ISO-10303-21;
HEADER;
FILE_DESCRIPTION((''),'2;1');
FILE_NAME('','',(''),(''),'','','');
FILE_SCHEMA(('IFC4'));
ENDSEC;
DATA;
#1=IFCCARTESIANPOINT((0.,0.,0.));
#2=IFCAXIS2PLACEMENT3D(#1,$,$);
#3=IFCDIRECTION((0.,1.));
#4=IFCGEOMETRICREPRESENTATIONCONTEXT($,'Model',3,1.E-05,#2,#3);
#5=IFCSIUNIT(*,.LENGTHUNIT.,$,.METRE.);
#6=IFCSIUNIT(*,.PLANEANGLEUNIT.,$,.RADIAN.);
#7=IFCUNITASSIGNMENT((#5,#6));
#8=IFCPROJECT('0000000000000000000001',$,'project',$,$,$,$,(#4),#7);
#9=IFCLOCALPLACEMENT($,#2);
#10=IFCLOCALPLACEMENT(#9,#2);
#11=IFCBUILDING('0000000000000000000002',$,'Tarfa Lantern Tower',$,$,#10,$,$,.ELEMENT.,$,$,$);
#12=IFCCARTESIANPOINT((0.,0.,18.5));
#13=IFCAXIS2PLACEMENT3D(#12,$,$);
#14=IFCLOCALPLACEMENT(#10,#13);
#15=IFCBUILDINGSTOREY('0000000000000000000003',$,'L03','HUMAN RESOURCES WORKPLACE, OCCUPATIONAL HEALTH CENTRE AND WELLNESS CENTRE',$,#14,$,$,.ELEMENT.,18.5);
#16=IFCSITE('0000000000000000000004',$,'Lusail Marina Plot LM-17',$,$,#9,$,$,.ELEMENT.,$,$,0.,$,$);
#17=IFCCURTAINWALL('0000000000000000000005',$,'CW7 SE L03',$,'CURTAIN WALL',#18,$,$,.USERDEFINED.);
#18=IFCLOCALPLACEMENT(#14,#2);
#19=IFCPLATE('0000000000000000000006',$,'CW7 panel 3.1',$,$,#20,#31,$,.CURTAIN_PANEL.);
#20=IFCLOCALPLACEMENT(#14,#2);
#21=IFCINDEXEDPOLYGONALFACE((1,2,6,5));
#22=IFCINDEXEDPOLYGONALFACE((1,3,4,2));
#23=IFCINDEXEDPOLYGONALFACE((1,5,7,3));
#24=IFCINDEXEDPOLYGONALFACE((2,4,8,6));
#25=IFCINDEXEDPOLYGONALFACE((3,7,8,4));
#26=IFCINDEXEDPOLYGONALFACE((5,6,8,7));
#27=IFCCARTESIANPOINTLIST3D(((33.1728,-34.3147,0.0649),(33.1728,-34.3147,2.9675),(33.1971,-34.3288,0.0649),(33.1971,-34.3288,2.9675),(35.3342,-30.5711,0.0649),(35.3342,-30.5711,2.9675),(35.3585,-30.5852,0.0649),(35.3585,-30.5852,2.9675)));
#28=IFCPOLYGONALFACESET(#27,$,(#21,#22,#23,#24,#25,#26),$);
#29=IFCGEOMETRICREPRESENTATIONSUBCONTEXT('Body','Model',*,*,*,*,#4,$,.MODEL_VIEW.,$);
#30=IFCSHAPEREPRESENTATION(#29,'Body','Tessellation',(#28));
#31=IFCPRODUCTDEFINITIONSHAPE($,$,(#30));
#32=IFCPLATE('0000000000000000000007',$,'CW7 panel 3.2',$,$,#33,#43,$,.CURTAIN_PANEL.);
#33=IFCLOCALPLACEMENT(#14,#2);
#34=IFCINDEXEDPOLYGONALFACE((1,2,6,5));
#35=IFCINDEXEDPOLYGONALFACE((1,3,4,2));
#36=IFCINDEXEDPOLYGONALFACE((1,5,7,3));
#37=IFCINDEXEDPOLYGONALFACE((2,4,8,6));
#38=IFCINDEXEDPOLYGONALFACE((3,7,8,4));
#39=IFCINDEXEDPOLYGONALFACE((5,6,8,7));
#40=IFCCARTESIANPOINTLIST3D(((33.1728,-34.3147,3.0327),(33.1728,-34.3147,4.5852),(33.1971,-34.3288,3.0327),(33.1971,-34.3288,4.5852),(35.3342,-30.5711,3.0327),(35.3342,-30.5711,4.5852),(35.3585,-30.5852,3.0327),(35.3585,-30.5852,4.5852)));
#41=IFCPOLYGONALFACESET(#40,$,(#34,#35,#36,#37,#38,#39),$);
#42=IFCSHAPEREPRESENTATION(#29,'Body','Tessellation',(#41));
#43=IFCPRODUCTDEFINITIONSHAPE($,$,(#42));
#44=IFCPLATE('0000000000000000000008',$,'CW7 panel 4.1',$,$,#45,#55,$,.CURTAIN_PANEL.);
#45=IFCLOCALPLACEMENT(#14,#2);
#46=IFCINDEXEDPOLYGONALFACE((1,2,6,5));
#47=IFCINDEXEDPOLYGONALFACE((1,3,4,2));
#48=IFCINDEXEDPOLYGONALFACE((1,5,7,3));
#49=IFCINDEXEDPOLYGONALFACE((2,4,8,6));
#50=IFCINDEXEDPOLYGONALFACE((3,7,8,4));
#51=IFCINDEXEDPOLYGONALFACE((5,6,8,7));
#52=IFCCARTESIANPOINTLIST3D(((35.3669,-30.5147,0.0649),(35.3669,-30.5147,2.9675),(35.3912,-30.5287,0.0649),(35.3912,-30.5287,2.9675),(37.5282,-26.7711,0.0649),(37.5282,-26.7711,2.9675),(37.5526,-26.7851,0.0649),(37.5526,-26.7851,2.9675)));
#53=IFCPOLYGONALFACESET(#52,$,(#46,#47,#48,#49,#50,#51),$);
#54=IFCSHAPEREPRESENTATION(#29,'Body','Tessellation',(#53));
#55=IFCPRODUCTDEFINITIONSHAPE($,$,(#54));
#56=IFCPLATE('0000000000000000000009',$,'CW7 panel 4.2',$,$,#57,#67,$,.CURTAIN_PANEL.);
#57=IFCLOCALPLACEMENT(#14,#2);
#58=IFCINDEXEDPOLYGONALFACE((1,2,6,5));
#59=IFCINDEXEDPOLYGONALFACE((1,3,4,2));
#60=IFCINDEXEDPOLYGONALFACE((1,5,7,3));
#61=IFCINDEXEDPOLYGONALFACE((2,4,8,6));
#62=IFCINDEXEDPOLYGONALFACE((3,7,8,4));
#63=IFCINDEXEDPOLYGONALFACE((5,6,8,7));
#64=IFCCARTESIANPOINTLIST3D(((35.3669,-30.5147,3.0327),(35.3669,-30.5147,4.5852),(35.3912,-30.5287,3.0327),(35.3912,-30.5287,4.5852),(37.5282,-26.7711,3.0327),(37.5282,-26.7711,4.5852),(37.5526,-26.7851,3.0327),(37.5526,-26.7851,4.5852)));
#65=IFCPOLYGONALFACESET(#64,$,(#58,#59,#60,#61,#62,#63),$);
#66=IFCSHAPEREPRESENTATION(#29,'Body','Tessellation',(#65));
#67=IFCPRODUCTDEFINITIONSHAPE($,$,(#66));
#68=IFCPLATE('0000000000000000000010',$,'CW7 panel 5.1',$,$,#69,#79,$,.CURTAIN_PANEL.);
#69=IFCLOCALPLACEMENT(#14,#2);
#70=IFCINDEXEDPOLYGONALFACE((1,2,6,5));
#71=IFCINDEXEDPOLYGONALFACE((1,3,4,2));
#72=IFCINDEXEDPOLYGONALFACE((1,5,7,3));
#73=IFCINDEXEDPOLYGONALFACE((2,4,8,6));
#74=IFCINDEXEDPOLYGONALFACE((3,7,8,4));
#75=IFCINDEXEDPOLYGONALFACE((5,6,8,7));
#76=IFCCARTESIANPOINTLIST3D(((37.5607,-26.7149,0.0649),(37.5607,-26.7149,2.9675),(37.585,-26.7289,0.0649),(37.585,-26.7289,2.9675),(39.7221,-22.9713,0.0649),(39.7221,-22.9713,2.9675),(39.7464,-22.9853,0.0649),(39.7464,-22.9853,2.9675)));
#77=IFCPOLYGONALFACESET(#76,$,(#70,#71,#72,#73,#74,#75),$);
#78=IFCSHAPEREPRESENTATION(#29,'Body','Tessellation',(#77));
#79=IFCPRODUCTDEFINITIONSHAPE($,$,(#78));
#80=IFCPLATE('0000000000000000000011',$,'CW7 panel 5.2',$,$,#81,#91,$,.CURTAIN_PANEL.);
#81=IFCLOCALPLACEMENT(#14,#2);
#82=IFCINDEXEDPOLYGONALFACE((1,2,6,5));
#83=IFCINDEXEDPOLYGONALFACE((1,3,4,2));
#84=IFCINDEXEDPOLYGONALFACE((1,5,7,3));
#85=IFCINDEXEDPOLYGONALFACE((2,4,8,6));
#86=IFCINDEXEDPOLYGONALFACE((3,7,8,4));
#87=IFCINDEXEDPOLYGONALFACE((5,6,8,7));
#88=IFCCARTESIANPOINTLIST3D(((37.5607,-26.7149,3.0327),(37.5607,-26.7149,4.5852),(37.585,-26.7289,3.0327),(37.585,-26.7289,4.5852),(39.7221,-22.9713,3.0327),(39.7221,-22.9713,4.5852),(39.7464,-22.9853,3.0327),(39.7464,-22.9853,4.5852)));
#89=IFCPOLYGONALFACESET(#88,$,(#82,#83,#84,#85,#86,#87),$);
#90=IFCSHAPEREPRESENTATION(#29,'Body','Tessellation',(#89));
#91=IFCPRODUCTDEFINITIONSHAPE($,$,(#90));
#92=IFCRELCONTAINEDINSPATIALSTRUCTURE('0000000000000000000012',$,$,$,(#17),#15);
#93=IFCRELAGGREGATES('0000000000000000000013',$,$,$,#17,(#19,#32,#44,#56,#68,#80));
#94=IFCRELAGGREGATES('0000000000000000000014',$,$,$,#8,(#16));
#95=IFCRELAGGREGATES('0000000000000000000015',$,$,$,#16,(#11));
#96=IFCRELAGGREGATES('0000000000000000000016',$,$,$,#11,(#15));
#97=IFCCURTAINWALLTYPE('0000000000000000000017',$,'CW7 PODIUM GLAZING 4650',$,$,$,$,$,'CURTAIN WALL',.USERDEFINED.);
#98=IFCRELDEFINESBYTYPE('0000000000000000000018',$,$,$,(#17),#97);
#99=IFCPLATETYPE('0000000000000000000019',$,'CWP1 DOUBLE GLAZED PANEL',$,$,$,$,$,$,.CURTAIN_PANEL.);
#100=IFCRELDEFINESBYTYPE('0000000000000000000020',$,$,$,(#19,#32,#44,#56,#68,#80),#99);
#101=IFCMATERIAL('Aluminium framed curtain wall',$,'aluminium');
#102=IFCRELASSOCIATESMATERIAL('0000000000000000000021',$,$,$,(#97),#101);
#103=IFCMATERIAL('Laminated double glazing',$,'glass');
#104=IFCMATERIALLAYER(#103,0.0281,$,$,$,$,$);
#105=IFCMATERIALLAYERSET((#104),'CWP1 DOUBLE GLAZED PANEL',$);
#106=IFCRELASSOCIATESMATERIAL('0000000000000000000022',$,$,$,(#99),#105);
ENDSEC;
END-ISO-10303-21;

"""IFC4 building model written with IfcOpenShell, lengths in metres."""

from ifc_helpers import new_model, si_unit, direction, frame, origin, origin_2d, place, context, subcontext, project, spatial, rectangle, extrude, material, layer, layer_set, type_object, element, aggregate, save


model = new_model("IFC4")

# Units and contexts
model_context = context("Model", 3, precision=1e-05, world=origin(), true_north=direction((0.0, 1.0)))
body_context = subcontext(model_context, "Body", "Model", "MODEL_VIEW")
ifc_project = project(units=[si_unit("LENGTHUNIT", "METRE"), si_unit("PLANEANGLEUNIT", "RADIAN")], contexts=[model_context])

# Site, building, storey
site_placement = place(None, origin())
site = spatial("IfcSite", under=ifc_project, at=site_placement, Name="Lusail Marina Plot LM-17", CompositionType="ELEMENT", RefElevation=0.0)
building_placement = place(site_placement, origin())
building = spatial("IfcBuilding", under=site, at=building_placement, Name="Tarfa Lantern Tower", CompositionType="ELEMENT")
storey_placement = place(building_placement, frame((0.0, 0.0, 18.5)))
storey = spatial("IfcBuildingStorey", under=building, at=storey_placement, Name="L03", Description="HUMAN RESOURCES WORKPLACE, OCCUPATIONAL HEALTH CENTRE AND WELLNESS CENTRE", CompositionType="ELEMENT", Elevation=18.5)

# Shared definitions
ifc_material_1 = material(Name="Aluminium framed curtain wall", Category="aluminium")
curtain_wall_type = type_object("IfcCurtainWallType", Name="CW7 PODIUM GLAZING 4650", ElementType="CURTAIN WALL", PredefinedType="USERDEFINED", material=ifc_material_1)

# Curtain wall
curtain_wall_1_placement = place(storey_placement, origin())
curtain_wall_1 = element("IfcCurtainWall", 1, at=curtain_wall_1_placement, inside=storey, type_object=curtain_wall_type, Name="CW7 SE L03", ObjectType="CURTAIN WALL", PredefinedType="USERDEFINED")

# Plates
ifc_material_2 = material(Name="Laminated double glazing", Category="glass")
ifc_layer = layer(ifc_material_2, 0.0281)
ifc_layer_set = layer_set([ifc_layer], Name="CWP1 DOUBLE GLAZED PANEL")
plate_type = type_object("IfcPlateType", Name="CWP1 DOUBLE GLAZED PANEL", PredefinedType="CURTAIN_PANEL", material=ifc_layer_set)
plate_1_placement = place(storey_placement, frame((34.2656, -32.45, 0.0649), z_axis=(0.0, 0.0, 1.0), x_axis=(0.5, 0.866025, 0.0)))
plate_1 = element("IfcPlate", 2, at=plate_1_placement, type_object=plate_type, Name="CW7 panel 3.1", PredefinedType="CURTAIN_PANEL", context=body_context, shape_type="SweptSolid", body=[
    extrude(rectangle(XDim=4.3228, YDim=0.0281, at=origin_2d()), origin(), (0.0, 0.0, 1.0), 2.9026),
])
plate_2_placement = place(storey_placement, frame((34.2656, -32.45, 3.0327), z_axis=(0.0, 0.0, 1.0), x_axis=(0.5, 0.866025, 0.0)))
plate_2 = element("IfcPlate", 3, at=plate_2_placement, type_object=plate_type, Name="CW7 panel 3.2", PredefinedType="CURTAIN_PANEL", context=body_context, shape_type="SweptSolid", body=[
    extrude(rectangle(XDim=4.3228, YDim=0.0281, at=origin_2d()), origin(), (0.0, 0.0, 1.0), 1.5525),
])
plate_3_placement = place(storey_placement, frame((36.4597, -28.6499, 0.0649), z_axis=(0.0, 0.0, 1.0), x_axis=(0.5, 0.866025, 0.0)))
plate_3 = element("IfcPlate", 4, at=plate_3_placement, type_object=plate_type, Name="CW7 panel 4.1", PredefinedType="CURTAIN_PANEL", context=body_context, shape_type="SweptSolid", body=[
    extrude(rectangle(XDim=4.3228, YDim=0.0281, at=origin_2d()), origin(), (0.0, 0.0, 1.0), 2.9026),
])
plate_4_placement = place(storey_placement, frame((36.4597, -28.6499, 3.0327), z_axis=(0.0, 0.0, 1.0), x_axis=(0.5, 0.866025, 0.0)))
plate_4 = element("IfcPlate", 5, at=plate_4_placement, type_object=plate_type, Name="CW7 panel 4.2", PredefinedType="CURTAIN_PANEL", context=body_context, shape_type="SweptSolid", body=[
    extrude(rectangle(XDim=4.3228, YDim=0.0281, at=origin_2d()), origin(), (0.0, 0.0, 1.0), 1.5525),
])
plate_5_placement = place(storey_placement, frame((38.6536, -24.8501, 0.0649), z_axis=(0.0, 0.0, 1.0), x_axis=(0.5, 0.866025, 0.0)))
plate_5 = element("IfcPlate", 6, at=plate_5_placement, type_object=plate_type, Name="CW7 panel 5.1", PredefinedType="CURTAIN_PANEL", context=body_context, shape_type="SweptSolid", body=[
    extrude(rectangle(XDim=4.3228, YDim=0.0281, at=origin_2d()), origin(), (0.0, 0.0, 1.0), 2.9026),
])
plate_6_placement = place(storey_placement, frame((38.6536, -24.8501, 3.0327), z_axis=(0.0, 0.0, 1.0), x_axis=(0.5, 0.866025, 0.0)))
plate_6 = element("IfcPlate", 7, at=plate_6_placement, type_object=plate_type, Name="CW7 panel 5.2", PredefinedType="CURTAIN_PANEL", context=body_context, shape_type="SweptSolid", body=[
    extrude(rectangle(XDim=4.3228, YDim=0.0281, at=origin_2d()), origin(), (0.0, 0.0, 1.0), 1.5525),
])
aggregate(curtain_wall_1, [plate_1, plate_2, plate_3, plate_4, plate_5, plate_6])

save(model, "model.ifc")
